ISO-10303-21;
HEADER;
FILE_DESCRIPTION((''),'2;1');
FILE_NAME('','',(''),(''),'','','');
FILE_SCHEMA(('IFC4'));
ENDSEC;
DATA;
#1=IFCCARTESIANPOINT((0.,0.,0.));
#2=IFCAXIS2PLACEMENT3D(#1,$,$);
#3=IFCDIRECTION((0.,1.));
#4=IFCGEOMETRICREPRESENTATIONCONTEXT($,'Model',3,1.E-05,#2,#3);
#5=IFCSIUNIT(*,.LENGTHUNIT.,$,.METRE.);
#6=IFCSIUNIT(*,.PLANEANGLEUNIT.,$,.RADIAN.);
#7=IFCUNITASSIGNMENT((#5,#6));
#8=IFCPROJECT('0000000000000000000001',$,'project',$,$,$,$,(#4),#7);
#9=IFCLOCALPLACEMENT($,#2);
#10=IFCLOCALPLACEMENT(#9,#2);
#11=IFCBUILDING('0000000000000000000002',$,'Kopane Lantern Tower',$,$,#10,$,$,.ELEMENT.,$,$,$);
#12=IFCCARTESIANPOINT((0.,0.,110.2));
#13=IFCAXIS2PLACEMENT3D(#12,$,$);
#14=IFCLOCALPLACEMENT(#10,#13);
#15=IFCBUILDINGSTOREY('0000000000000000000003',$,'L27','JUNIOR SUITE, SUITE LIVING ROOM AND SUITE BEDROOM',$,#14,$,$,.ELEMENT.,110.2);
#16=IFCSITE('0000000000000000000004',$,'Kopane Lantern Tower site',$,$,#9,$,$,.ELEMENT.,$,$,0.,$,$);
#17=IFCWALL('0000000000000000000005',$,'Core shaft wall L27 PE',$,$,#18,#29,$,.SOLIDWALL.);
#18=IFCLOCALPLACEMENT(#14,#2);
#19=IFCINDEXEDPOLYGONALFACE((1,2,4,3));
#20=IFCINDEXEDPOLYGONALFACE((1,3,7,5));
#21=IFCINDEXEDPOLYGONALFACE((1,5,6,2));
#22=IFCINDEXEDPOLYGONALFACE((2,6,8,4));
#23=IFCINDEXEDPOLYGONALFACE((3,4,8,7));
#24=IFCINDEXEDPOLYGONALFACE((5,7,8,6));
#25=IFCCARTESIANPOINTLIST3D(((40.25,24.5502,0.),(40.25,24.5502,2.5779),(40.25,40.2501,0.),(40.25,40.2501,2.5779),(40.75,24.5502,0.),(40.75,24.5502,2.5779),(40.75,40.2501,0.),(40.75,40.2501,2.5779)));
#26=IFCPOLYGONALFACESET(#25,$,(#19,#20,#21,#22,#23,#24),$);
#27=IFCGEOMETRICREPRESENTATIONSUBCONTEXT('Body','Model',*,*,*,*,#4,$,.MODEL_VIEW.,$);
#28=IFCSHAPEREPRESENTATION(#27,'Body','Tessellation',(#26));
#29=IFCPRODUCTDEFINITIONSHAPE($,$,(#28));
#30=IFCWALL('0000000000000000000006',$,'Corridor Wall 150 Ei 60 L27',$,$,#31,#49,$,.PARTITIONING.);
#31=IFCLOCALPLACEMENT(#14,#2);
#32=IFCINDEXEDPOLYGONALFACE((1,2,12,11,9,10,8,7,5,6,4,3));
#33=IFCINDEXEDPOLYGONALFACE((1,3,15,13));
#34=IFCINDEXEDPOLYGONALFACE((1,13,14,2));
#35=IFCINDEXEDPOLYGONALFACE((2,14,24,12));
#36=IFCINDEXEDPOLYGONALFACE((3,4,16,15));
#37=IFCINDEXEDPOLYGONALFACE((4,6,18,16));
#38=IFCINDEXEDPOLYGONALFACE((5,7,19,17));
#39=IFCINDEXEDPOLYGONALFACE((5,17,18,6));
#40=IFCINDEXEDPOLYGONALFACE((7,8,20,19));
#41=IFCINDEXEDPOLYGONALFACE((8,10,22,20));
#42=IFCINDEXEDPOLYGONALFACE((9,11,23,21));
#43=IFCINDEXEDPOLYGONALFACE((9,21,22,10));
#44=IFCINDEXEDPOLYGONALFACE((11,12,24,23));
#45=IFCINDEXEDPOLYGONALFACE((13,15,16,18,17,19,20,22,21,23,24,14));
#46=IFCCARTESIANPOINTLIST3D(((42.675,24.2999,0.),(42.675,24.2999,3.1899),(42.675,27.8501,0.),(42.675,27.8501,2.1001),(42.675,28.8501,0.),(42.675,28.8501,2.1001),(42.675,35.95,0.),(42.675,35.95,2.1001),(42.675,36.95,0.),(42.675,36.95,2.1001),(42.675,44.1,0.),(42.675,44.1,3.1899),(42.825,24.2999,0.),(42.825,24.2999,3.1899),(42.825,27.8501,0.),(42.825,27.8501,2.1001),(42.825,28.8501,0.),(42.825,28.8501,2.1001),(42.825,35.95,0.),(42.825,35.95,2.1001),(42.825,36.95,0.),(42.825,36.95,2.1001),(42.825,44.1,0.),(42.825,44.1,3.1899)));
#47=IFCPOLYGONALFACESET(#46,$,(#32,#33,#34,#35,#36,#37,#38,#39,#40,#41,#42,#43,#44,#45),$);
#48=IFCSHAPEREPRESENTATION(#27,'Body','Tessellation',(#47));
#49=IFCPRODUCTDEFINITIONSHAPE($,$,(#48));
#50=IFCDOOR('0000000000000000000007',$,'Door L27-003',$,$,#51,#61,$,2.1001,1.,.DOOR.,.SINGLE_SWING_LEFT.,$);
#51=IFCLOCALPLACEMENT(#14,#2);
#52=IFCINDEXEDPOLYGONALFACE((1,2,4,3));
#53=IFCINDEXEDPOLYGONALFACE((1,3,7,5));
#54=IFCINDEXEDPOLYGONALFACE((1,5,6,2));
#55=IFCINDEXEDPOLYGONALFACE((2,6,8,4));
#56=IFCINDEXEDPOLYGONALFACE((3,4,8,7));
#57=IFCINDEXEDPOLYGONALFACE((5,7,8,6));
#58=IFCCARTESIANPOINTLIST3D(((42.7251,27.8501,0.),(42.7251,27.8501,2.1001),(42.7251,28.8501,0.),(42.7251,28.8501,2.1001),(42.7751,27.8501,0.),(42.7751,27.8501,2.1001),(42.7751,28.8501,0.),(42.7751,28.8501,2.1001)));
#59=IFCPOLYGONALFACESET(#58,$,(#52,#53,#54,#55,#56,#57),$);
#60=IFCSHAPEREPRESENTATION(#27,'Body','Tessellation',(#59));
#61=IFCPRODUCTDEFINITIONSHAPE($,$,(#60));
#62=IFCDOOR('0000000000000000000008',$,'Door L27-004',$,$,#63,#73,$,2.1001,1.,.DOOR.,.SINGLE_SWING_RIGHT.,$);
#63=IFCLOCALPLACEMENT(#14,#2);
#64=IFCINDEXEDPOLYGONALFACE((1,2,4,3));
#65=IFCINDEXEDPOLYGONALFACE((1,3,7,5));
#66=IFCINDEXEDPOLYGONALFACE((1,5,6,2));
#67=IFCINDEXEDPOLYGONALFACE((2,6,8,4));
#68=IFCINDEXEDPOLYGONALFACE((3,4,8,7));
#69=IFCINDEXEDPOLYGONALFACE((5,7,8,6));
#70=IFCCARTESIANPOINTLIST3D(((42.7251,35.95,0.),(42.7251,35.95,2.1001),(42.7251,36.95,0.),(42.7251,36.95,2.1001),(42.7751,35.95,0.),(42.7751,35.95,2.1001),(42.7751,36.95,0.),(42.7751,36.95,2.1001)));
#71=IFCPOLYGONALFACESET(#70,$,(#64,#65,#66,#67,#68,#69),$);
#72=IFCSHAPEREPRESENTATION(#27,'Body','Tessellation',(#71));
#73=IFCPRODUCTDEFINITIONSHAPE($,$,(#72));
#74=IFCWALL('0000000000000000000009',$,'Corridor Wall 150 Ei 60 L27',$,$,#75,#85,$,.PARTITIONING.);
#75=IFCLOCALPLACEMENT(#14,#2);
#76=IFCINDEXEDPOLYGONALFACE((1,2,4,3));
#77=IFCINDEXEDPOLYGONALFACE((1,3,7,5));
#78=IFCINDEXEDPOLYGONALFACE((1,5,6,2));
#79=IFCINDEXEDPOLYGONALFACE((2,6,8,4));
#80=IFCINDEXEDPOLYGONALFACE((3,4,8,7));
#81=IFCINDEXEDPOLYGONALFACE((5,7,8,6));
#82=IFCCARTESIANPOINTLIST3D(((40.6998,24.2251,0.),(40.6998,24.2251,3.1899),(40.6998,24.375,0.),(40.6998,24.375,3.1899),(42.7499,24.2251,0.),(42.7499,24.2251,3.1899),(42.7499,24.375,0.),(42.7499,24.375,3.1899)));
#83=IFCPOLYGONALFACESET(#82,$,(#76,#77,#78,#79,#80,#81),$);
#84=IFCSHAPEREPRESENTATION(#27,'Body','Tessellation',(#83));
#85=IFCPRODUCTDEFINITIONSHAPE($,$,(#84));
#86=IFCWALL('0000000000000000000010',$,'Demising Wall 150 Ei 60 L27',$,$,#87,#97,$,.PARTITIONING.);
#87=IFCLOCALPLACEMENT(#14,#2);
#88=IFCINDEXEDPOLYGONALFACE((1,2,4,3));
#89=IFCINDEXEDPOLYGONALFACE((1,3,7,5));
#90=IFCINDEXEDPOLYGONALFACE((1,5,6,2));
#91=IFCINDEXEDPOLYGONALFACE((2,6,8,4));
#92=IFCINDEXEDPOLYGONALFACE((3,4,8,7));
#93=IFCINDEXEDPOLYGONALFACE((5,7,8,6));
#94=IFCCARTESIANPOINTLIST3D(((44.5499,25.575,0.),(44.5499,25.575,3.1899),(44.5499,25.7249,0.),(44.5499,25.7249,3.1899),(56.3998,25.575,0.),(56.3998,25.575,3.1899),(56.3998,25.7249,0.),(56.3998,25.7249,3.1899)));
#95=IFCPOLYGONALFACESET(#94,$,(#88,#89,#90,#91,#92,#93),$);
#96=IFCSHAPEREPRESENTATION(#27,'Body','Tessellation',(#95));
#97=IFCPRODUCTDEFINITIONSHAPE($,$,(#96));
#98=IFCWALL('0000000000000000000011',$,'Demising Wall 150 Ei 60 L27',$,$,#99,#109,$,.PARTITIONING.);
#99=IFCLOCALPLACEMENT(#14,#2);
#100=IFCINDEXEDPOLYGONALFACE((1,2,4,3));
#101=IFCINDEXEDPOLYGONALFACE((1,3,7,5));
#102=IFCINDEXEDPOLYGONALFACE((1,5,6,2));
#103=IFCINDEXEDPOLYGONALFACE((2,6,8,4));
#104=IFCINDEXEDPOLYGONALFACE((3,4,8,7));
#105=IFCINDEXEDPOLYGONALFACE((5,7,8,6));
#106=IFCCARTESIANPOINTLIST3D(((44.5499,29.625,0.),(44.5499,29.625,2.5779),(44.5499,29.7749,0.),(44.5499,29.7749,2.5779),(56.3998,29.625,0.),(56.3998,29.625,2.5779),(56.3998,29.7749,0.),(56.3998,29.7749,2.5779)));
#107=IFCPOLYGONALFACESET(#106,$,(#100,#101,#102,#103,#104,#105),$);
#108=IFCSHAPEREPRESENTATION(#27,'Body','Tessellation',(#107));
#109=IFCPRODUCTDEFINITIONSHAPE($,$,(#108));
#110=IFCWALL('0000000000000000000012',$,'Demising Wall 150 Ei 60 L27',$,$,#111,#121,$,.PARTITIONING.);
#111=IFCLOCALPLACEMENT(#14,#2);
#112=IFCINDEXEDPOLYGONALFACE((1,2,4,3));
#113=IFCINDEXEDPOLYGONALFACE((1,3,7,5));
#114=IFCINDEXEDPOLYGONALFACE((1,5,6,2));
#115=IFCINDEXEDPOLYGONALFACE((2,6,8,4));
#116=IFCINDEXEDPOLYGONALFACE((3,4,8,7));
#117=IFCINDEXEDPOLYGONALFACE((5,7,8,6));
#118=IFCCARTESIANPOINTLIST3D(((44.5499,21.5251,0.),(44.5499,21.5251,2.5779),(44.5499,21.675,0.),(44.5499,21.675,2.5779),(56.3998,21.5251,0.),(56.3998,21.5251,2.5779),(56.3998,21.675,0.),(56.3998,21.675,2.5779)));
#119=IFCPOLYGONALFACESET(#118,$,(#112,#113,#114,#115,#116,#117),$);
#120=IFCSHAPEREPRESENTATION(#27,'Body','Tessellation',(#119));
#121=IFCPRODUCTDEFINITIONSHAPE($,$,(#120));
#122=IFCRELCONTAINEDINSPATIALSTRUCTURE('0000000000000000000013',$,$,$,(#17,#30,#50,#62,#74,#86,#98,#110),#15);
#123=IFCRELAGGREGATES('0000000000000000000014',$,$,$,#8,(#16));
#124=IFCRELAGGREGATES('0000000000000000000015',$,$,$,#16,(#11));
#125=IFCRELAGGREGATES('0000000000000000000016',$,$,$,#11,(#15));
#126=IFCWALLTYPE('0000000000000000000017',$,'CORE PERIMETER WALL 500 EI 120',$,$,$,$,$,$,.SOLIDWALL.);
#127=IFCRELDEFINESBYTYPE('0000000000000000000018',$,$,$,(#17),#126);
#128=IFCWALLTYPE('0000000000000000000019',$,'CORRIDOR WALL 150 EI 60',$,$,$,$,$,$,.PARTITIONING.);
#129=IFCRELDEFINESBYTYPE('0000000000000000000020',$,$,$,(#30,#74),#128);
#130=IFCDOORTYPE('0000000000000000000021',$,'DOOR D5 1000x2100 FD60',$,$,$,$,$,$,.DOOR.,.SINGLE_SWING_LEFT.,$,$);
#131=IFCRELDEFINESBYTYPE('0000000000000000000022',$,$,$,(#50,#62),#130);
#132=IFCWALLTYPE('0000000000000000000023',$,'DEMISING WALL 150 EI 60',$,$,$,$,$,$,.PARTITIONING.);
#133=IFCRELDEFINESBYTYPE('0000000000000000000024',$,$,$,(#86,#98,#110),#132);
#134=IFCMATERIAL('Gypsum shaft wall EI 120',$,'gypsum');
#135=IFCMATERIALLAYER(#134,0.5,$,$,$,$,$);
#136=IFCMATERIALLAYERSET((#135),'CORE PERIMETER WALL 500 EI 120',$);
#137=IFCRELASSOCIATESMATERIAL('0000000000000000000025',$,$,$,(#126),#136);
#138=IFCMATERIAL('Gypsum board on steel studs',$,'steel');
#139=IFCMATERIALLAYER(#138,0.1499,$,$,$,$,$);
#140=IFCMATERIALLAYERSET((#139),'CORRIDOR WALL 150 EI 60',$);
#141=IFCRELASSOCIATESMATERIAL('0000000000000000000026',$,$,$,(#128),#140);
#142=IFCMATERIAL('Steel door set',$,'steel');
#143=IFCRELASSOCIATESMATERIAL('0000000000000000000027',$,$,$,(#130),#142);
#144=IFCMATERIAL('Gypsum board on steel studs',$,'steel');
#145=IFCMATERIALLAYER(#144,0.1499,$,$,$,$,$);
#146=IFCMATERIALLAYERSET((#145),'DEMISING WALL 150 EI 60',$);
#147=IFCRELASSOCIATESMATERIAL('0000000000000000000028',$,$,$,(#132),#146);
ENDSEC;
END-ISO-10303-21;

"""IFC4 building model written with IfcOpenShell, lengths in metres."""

from ifc_helpers import new_model, si_unit, direction, frame, frame_2d, origin, place, context, subcontext, project, spatial, rectangle, extrude, material, layer, layer_set, type_object, element, fill, save


model = new_model("IFC4")

# Units and contexts
model_context = context("Model", 3, precision=1e-05, world=origin(), true_north=direction((0.0, 1.0)))
body_context = subcontext(model_context, "Body", "Model", "MODEL_VIEW")
ifc_project = project(units=[si_unit("LENGTHUNIT", "METRE"), si_unit("PLANEANGLEUNIT", "RADIAN")], contexts=[model_context])

# Site, building, storey
site_placement = place(None, origin())
site = spatial("IfcSite", under=ifc_project, at=site_placement, Name="Kopane Lantern Tower site", CompositionType="ELEMENT", RefElevation=0.0)
building_placement = place(site_placement, origin())
building = spatial("IfcBuilding", under=site, at=building_placement, Name="Kopane Lantern Tower", CompositionType="ELEMENT")
storey_placement = place(building_placement, frame((0.0, 0.0, 110.2)))
storey = spatial("IfcBuildingStorey", under=building, at=storey_placement, Name="L27", Description="JUNIOR SUITE, SUITE LIVING ROOM AND SUITE BEDROOM", CompositionType="ELEMENT", Elevation=110.2)

# Wall
ifc_material_1 = material(Name="Gypsum shaft wall EI 120", Category="gypsum")
ifc_layer_1 = layer(ifc_material_1, 0.5)
ifc_layer_set_1 = layer_set([ifc_layer_1], Name="CORE PERIMETER WALL 500 EI 120")
wall_type_1 = type_object("IfcWallType", Name="CORE PERIMETER WALL 500 EI 120", PredefinedType="SOLIDWALL", material=ifc_layer_set_1)
wall_1_placement = place(storey_placement, frame((40.5, 24.55, 0.0), z_axis=(0.0, 0.0, 1.0), x_axis=(0.0, 1.0, 0.0)))
element("IfcWall", 1, at=wall_1_placement, inside=storey, type_object=wall_type_1, Name="Core shaft wall L27 PE", PredefinedType="SOLIDWALL", context=body_context, shape_type="SweptSolid", body=[
    extrude(rectangle(XDim=15.7, YDim=0.5, at=frame_2d((7.8501, 0.0))), origin(), (0.0, 0.0, 1.0), 2.5779),
])

# Wall, openings, doors
ifc_material_2 = material(Name="Gypsum board on steel studs", Category="steel")
ifc_layer_2 = layer(ifc_material_2, 0.1499)
ifc_layer_set_2 = layer_set([ifc_layer_2], Name="CORRIDOR WALL 150 EI 60")
wall_type_2 = type_object("IfcWallType", Name="CORRIDOR WALL 150 EI 60", PredefinedType="PARTITIONING", material=ifc_layer_set_2)
wall_2_placement = place(storey_placement, frame((42.75, 24.3, 0.0), z_axis=(0.0, 0.0, 1.0), x_axis=(0.0, 1.0, 0.0)))
wall_2 = element("IfcWall", 2, at=wall_2_placement, inside=storey, type_object=wall_type_2, Name="Corridor Wall 150 Ei 60 L27", PredefinedType="PARTITIONING", context=body_context, shape_type="SweptSolid", body=[
    extrude(rectangle(XDim=19.8, YDim=0.1499, at=frame_2d((9.8999, 0.0))), origin(), (0.0, 0.0, 1.0), 3.1899),
])
opening_1_placement = place(wall_2_placement, frame((3.55, 0.0, 0.0)))
opening_1 = element("IfcOpeningElement", 3, at=opening_1_placement, cuts=wall_2, PredefinedType="OPENING", context=body_context, shape_type="SweptSolid", body=[
    extrude(rectangle(XDim=1.0, YDim=2.1001, at=frame_2d((0.5, 1.05))), frame((0.0, 0.085, 0.0), z_axis=(0.0, -1.0, 0.0), x_axis=(1.0, 0.0, 0.0)), (0.0, 0.0, 1.0), 0.1699),
])
opening_2_placement = place(wall_2_placement, frame((11.6499, 0.0, 0.0)))
opening_2 = element("IfcOpeningElement", 4, at=opening_2_placement, cuts=wall_2, PredefinedType="OPENING", context=body_context, shape_type="SweptSolid", body=[
    extrude(rectangle(XDim=1.0, YDim=2.1001, at=frame_2d((0.5, 1.05))), frame((0.0, 0.085, 0.0), z_axis=(0.0, -1.0, 0.0), x_axis=(1.0, 0.0, 0.0)), (0.0, 0.0, 1.0), 0.1699),
])
ifc_material_3 = material(Name="Steel door set", Category="steel")
door_type_1 = type_object("IfcDoorType", Name="DOOR D5 1000x2100 FD60", OperationType="SINGLE_SWING_LEFT", PredefinedType="DOOR", material=ifc_material_3)
door_1_placement = place(opening_1_placement, origin())
door_1 = element("IfcDoor", 5, at=door_1_placement, inside=storey, type_object=door_type_1, Name="Door L27-003", OperationType="SINGLE_SWING_LEFT", OverallHeight=2.1001, OverallWidth=1.0, PredefinedType="DOOR", context=body_context, shape_type="SweptSolid", body=[
    extrude(rectangle(XDim=1.0, YDim=2.1001, at=frame_2d((0.5, 1.05))), frame((0.0, 0.0249, 0.0), z_axis=(0.0, -1.0, 0.0), x_axis=(1.0, 0.0, 0.0)), (0.0, 0.0, 1.0), 0.05),
])
fill(opening_1, door_1)
door_2_placement = place(opening_2_placement, origin())
door_2 = element("IfcDoor", 6, at=door_2_placement, inside=storey, type_object=door_type_1, Name="Door L27-004", OperationType="SINGLE_SWING_RIGHT", OverallHeight=2.1001, OverallWidth=1.0, PredefinedType="DOOR", context=body_context, shape_type="SweptSolid", body=[
    extrude(rectangle(XDim=1.0, YDim=2.1001, at=frame_2d((0.5, 1.05))), frame((0.0, 0.0249, 0.0), z_axis=(0.0, -1.0, 0.0), x_axis=(1.0, 0.0, 0.0)), (0.0, 0.0, 1.0), 0.05),
])
fill(opening_2, door_2)

# Walls
wall_3_placement = place(storey_placement, frame((40.7, 24.3, 0.0), z_axis=(0.0, 0.0, 1.0), x_axis=(1.0, 0.0, 0.0)))
element("IfcWall", 7, at=wall_3_placement, inside=storey, type_object=wall_type_2, Name="Corridor Wall 150 Ei 60 L27", PredefinedType="PARTITIONING", context=body_context, shape_type="SweptSolid", body=[
    extrude(rectangle(XDim=2.05, YDim=0.1499, at=frame_2d((1.0249, 0.0))), origin(), (0.0, 0.0, 1.0), 3.1899),
])
ifc_material_4 = material(Name="Gypsum board on steel studs", Category="steel")
ifc_layer_3 = layer(ifc_material_4, 0.1499)
ifc_layer_set_3 = layer_set([ifc_layer_3], Name="DEMISING WALL 150 EI 60")
wall_type_3 = type_object("IfcWallType", Name="DEMISING WALL 150 EI 60", PredefinedType="PARTITIONING", material=ifc_layer_set_3)
wall_4_placement = place(storey_placement, frame((44.55, 25.6499, 0.0), z_axis=(0.0, 0.0, 1.0), x_axis=(1.0, 0.0, 0.0)))
element("IfcWall", 8, at=wall_4_placement, inside=storey, type_object=wall_type_3, Name="Demising Wall 150 Ei 60 L27", PredefinedType="PARTITIONING", context=body_context, shape_type="SweptSolid", body=[
    extrude(rectangle(XDim=11.8499, YDim=0.1499, at=frame_2d((5.9248, 0.0))), origin(), (0.0, 0.0, 1.0), 3.1899),
])
for number, where, z_axis, x_axis, name in (
    (9, (44.55, 29.7, 0.0), (0.0, 0.0, 1.0), (1.0, 0.0, 0.0), "Demising Wall 150 Ei 60 L27"),
    (10, (44.55, 21.6001, 0.0), (0.0, 0.0, 1.0), (1.0, 0.0, 0.0), "Demising Wall 150 Ei 60 L27"),
):
    element("IfcWall", number, at=place(storey_placement, frame(where, z_axis=z_axis, x_axis=x_axis)), inside=storey, type_object=wall_type_3, Name=name, PredefinedType="PARTITIONING", context=body_context, shape_type="SweptSolid", body=[
        extrude(rectangle(XDim=11.8499, YDim=0.1499, at=frame_2d((5.9248, 0.0))), origin(), (0.0, 0.0, 1.0), 2.5779),
    ])

save(model, "model.ifc")
